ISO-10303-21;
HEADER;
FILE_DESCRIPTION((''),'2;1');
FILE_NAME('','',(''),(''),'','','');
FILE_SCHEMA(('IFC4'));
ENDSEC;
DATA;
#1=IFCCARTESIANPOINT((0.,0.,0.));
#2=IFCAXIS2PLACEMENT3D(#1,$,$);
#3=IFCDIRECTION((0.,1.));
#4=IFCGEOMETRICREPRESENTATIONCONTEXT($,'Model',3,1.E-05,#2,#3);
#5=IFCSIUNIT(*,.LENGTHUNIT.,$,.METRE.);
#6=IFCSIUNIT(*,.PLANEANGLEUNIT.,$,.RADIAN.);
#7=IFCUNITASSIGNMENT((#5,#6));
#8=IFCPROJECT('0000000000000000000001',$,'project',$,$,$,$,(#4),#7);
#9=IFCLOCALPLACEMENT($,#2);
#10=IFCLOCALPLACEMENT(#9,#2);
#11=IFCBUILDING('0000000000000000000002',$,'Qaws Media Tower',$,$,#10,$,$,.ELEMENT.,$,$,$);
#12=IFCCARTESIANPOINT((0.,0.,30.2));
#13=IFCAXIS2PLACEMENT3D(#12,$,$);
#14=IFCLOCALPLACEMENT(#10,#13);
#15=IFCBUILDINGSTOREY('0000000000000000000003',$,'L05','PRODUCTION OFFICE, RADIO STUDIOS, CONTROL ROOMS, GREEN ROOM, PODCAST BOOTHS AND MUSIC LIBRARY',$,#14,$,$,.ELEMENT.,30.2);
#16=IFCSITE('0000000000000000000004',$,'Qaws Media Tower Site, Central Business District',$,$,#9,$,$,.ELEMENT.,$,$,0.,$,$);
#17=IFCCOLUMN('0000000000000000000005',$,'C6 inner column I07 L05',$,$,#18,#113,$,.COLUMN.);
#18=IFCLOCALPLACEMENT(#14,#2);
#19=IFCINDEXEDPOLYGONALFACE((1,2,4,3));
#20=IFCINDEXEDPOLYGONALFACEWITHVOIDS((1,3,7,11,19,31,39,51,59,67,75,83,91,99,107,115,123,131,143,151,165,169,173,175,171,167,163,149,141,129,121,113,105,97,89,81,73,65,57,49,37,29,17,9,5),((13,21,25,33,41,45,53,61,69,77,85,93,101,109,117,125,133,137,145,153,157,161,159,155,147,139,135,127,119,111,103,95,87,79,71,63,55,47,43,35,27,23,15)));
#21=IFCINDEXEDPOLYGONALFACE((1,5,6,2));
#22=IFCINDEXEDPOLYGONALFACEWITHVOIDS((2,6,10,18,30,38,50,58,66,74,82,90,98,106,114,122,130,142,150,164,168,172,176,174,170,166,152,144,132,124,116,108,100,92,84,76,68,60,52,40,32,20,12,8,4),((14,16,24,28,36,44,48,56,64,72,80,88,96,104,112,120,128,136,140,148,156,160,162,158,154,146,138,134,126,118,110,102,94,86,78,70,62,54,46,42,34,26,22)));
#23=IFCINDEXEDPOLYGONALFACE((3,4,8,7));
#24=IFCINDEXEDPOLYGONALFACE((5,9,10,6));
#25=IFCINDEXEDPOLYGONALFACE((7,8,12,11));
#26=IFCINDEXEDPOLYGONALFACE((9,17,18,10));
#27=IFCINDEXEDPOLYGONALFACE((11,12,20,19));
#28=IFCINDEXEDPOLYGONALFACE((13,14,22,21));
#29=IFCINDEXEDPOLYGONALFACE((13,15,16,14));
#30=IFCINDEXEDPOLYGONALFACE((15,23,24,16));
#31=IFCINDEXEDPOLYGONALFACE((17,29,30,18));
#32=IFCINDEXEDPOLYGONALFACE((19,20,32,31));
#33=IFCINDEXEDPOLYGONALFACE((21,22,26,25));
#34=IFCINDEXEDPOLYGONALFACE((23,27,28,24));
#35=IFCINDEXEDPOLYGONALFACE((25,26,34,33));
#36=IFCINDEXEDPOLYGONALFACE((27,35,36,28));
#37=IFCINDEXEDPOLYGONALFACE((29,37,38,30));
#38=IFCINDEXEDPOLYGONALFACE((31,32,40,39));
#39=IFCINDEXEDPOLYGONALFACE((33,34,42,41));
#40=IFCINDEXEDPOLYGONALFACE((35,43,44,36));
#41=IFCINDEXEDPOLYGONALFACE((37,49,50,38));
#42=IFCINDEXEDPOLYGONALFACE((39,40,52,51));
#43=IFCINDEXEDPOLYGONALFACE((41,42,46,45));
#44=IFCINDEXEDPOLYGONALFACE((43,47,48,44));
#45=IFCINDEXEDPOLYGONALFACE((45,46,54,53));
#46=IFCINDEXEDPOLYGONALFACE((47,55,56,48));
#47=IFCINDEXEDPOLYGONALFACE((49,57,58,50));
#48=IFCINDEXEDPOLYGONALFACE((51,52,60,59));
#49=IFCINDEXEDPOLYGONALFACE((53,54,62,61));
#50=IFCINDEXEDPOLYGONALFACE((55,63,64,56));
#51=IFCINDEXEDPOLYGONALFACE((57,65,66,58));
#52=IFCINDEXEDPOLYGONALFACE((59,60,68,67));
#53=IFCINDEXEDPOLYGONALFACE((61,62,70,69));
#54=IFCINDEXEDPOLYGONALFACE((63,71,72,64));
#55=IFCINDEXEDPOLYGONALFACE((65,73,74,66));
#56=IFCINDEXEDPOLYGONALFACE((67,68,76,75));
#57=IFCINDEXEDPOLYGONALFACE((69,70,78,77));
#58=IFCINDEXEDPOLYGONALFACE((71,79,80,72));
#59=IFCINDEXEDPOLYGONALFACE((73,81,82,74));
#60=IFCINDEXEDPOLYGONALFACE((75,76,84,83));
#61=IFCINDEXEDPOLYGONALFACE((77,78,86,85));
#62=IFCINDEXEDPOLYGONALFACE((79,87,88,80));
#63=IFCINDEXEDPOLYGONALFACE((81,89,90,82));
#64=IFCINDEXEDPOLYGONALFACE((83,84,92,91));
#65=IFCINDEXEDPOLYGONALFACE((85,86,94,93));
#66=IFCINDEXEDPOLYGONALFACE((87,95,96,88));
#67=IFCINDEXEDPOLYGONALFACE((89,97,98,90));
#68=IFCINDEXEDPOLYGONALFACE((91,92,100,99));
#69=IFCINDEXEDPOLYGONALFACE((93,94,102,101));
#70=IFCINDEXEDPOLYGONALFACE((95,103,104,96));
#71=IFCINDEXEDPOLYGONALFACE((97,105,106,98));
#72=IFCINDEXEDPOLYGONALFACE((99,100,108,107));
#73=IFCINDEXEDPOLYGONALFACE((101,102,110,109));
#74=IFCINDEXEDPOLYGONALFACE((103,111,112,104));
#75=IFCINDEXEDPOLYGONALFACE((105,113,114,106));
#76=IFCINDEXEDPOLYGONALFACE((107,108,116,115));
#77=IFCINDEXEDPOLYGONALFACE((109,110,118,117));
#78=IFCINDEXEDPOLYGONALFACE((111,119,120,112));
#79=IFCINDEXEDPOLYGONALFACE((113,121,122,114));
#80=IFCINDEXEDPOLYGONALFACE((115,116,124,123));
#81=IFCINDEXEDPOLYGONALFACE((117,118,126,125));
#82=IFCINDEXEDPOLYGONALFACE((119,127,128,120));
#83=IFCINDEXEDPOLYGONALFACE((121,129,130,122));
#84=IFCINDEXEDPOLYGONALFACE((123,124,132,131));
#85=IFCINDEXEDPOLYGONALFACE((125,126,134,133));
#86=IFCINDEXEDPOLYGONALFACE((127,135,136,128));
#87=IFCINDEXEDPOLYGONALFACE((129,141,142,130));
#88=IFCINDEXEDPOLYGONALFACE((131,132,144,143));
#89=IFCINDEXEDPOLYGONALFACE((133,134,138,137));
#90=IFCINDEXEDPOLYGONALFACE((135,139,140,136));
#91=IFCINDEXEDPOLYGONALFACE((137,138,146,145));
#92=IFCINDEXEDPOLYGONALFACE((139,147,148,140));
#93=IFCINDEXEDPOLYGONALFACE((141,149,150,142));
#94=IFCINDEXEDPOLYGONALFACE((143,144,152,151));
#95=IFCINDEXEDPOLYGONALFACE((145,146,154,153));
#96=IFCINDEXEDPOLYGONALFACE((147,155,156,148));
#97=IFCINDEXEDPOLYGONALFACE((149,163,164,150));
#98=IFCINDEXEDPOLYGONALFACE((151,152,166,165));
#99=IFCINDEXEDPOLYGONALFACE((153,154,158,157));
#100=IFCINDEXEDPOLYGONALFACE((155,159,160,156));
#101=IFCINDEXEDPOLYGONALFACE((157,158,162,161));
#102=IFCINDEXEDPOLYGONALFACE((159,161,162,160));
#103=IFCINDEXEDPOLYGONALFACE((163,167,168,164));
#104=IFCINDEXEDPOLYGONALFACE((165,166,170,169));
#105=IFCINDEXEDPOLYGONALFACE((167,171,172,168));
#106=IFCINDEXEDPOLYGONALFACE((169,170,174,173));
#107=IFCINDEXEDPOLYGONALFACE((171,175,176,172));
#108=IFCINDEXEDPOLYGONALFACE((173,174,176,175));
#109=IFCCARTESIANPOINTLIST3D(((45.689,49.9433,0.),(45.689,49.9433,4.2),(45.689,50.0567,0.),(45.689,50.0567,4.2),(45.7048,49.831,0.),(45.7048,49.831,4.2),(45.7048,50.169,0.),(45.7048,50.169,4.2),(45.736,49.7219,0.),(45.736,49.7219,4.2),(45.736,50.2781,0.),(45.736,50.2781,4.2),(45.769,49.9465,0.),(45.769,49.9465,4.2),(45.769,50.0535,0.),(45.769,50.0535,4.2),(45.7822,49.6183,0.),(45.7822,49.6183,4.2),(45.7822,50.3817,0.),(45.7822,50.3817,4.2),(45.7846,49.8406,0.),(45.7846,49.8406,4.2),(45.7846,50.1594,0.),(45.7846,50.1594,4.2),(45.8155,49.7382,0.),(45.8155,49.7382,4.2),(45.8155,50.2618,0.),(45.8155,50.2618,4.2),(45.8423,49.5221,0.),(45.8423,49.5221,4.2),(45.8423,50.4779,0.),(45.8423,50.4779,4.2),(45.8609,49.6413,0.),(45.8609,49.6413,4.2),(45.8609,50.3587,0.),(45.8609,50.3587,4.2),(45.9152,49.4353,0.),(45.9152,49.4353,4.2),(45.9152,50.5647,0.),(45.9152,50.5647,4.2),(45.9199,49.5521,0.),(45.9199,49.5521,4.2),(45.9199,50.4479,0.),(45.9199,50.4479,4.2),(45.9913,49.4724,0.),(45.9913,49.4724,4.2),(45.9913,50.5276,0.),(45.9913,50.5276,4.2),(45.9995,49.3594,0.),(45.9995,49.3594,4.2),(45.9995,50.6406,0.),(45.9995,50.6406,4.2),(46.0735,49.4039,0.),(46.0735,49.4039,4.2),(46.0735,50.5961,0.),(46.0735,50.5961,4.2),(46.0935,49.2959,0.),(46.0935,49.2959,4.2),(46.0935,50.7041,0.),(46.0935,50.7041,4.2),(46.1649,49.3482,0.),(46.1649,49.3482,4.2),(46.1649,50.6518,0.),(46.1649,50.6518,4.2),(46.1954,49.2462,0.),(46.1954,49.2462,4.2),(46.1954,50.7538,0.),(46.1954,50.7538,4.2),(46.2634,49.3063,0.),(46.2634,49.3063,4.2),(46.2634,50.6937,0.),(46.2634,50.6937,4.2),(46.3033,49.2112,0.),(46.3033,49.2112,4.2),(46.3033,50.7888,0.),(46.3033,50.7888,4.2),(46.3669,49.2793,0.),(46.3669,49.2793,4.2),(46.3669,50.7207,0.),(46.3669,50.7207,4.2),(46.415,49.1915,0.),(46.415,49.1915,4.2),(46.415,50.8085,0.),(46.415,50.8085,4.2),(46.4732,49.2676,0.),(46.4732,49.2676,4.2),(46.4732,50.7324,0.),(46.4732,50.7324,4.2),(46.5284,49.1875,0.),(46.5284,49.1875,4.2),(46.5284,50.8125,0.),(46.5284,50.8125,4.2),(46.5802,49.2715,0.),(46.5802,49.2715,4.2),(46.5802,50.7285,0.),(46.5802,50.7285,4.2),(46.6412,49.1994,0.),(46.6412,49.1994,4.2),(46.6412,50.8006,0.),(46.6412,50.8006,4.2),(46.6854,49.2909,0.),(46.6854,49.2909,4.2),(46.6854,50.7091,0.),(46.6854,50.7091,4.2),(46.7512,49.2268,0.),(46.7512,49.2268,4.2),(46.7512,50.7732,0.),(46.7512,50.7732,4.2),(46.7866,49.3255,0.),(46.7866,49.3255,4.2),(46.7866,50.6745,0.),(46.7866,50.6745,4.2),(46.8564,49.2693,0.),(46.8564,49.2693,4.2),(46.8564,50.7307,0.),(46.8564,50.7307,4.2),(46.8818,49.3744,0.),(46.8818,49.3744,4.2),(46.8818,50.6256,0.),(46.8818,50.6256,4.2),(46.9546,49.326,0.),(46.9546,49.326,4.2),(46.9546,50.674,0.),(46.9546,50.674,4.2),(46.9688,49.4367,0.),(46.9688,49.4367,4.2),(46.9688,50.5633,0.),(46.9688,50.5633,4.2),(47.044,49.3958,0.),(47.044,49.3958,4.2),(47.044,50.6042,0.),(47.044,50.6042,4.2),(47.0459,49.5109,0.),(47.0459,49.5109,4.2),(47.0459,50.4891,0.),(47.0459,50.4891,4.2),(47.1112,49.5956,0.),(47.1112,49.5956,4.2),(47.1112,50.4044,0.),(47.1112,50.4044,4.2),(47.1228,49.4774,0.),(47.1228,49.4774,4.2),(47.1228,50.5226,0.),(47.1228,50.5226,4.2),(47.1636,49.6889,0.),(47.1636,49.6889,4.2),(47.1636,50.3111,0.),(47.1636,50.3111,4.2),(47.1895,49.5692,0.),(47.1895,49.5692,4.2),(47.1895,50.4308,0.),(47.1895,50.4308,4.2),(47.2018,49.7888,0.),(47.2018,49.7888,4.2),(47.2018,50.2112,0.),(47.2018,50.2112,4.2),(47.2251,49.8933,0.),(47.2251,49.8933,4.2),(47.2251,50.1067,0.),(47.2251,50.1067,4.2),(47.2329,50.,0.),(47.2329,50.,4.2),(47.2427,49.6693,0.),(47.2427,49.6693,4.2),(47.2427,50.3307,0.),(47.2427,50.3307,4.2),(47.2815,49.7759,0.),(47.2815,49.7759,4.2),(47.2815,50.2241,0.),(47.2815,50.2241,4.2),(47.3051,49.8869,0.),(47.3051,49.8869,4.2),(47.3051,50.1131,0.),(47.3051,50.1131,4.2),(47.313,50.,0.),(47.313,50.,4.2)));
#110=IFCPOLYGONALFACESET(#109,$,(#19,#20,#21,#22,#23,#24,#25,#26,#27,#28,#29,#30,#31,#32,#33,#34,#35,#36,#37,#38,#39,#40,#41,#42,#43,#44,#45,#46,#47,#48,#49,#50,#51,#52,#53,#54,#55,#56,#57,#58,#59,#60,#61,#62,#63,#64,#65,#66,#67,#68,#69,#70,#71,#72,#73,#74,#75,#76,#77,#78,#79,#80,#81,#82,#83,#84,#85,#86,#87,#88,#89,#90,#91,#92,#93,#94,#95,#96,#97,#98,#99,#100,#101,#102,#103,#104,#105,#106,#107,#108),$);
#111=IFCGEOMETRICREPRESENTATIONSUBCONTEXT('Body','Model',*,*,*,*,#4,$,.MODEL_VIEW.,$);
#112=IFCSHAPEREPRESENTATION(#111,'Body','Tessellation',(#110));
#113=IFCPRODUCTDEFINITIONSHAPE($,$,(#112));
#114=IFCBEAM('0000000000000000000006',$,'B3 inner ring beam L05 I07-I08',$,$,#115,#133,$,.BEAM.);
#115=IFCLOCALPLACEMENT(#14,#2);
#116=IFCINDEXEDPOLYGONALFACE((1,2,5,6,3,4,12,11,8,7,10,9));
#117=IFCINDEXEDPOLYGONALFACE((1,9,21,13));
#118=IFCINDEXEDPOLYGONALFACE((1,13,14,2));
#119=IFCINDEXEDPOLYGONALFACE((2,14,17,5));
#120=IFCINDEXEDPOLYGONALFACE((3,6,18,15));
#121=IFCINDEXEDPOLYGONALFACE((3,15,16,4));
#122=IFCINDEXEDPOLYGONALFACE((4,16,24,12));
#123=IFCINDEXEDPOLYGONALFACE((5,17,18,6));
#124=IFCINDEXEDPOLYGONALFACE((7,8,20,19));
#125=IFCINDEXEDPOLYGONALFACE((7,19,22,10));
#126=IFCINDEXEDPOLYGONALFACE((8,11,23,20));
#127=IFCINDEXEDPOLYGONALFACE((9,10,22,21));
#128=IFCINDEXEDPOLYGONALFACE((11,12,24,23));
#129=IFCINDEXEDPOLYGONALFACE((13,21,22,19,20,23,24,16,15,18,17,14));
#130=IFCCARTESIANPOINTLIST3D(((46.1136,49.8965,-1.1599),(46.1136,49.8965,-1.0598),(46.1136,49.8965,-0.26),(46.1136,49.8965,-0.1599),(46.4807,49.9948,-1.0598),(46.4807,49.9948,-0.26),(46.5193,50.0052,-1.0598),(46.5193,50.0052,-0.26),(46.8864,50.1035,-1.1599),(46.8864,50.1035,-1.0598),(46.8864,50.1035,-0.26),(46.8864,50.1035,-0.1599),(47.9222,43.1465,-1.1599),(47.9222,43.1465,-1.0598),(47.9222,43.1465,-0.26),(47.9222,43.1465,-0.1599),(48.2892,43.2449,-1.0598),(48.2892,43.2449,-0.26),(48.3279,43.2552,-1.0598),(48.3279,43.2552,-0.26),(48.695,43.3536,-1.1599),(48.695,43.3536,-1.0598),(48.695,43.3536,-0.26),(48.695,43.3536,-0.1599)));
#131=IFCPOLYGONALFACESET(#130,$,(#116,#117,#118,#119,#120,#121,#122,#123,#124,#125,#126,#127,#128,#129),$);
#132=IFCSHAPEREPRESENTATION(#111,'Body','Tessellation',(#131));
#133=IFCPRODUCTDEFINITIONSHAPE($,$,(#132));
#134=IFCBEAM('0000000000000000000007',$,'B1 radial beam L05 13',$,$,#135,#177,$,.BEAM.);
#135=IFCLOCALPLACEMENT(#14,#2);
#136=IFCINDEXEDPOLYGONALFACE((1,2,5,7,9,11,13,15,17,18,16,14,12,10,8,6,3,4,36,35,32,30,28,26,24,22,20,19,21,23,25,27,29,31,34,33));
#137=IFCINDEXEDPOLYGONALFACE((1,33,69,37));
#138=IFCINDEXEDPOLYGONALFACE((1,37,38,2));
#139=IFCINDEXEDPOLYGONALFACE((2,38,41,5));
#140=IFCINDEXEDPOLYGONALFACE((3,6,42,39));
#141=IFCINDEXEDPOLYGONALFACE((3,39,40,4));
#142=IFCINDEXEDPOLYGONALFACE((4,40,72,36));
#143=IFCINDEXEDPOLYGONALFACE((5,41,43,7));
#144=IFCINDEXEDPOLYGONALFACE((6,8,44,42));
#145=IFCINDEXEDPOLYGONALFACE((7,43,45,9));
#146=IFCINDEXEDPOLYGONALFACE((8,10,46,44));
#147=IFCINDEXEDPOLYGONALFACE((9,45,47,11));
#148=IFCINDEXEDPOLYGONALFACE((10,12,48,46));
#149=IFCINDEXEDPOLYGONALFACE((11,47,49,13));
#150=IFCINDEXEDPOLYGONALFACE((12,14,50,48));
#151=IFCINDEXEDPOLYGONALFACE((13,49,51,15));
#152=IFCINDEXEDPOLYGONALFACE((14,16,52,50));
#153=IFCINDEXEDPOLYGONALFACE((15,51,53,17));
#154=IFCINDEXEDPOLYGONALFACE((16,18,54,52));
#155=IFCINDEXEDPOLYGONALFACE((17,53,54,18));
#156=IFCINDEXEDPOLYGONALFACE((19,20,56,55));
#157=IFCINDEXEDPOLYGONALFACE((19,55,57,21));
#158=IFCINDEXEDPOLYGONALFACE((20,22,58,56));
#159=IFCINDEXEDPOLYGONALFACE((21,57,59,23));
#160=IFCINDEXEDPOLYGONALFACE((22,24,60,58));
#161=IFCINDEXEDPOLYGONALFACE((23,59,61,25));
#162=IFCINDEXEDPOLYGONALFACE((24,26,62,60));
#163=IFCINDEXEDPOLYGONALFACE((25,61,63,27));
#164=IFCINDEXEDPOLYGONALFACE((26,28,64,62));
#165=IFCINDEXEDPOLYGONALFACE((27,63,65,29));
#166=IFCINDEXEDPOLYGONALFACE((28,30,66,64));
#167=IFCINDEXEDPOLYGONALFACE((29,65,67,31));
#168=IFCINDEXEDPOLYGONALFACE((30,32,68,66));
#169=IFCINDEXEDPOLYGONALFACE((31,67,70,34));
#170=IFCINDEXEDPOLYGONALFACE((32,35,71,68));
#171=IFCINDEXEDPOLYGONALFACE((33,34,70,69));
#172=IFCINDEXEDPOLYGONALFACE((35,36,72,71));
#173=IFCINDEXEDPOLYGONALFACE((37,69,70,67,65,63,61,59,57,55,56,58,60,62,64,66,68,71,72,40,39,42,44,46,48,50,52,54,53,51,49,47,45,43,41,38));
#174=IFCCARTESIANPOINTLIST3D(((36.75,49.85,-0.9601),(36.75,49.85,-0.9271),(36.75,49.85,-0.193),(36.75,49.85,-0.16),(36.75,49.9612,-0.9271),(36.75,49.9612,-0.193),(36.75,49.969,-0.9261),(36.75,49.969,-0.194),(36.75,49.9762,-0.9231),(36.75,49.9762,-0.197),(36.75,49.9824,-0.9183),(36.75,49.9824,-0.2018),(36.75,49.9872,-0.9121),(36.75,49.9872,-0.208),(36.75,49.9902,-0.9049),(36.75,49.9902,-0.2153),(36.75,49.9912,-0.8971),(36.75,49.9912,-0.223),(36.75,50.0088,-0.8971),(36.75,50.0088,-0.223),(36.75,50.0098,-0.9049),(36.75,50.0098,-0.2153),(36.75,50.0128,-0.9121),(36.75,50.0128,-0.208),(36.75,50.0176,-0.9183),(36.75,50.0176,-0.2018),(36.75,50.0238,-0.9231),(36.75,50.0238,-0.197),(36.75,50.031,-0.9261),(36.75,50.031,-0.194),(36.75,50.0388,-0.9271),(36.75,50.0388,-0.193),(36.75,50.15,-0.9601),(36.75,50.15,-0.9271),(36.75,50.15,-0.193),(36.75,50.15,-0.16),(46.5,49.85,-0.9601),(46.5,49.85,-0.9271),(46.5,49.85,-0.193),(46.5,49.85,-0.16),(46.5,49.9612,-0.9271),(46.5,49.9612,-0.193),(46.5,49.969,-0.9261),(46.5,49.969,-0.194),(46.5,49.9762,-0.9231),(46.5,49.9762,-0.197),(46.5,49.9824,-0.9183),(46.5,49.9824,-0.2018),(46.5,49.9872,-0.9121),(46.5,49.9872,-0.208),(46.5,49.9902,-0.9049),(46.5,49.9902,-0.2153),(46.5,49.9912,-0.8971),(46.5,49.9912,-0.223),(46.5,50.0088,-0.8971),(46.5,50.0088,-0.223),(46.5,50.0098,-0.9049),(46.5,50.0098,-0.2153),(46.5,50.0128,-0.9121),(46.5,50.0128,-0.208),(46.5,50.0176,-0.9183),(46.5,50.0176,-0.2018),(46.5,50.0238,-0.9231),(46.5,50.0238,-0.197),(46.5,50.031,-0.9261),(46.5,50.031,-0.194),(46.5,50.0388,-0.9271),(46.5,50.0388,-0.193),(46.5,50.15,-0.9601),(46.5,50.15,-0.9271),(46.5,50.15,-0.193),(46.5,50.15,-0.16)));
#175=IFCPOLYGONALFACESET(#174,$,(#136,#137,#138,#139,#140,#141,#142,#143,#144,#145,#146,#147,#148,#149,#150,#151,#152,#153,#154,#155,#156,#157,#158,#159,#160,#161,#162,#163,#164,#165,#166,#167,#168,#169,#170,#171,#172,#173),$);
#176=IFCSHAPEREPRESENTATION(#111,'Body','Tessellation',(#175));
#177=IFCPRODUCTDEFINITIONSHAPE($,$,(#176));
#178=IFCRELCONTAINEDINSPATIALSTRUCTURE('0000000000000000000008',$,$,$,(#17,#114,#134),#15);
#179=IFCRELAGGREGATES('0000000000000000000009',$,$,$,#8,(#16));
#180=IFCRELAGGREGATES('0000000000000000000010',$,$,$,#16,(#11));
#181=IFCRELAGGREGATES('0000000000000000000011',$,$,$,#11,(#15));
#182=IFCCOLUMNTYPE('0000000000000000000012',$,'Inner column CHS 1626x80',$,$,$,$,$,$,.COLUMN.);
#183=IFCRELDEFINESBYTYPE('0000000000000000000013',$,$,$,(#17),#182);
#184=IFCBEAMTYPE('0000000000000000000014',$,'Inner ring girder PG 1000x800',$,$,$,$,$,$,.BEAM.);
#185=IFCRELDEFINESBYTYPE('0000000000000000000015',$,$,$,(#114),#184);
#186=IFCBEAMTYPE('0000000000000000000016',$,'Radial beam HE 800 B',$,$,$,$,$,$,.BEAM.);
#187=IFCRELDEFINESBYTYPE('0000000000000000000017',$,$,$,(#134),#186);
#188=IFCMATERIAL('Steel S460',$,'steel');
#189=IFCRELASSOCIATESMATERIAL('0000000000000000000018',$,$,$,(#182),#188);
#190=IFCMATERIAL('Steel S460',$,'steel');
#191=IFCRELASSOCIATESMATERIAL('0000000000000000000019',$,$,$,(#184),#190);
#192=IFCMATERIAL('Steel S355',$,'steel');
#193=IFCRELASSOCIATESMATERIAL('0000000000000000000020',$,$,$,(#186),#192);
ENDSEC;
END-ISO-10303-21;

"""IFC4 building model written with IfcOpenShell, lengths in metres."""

from ifc_helpers import new_model, si_unit, direction, frame, origin, origin_2d, place, context, subcontext, project, spatial, hollow_circle, i_section, extrude, material, material_profile, profile_set, type_object, element, save


model = new_model("IFC4")

# Units and contexts
model_context = context("Model", 3, precision=1e-05, world=origin(), true_north=direction((0.0, 1.0)))
body_context = subcontext(model_context, "Body", "Model", "MODEL_VIEW")
ifc_project = project(units=[si_unit("LENGTHUNIT", "METRE"), si_unit("PLANEANGLEUNIT", "RADIAN")], contexts=[model_context])

# Site, building, storey
site_placement = place(None, origin())
site = spatial("IfcSite", under=ifc_project, at=site_placement, Name="Qaws Media Tower Site, Central Business District", CompositionType="ELEMENT", RefElevation=0.0)
building_placement = place(site_placement, origin())
building = spatial("IfcBuilding", under=site, at=building_placement, Name="Qaws Media Tower", CompositionType="ELEMENT")
storey_placement = place(building_placement, frame((0.0, 0.0, 30.2)))
storey = spatial("IfcBuildingStorey", under=building, at=storey_placement, Name="L05", Description="PRODUCTION OFFICE, RADIO STUDIOS, CONTROL ROOMS, GREEN ROOM, PODCAST BOOTHS AND MUSIC LIBRARY", CompositionType="ELEMENT", Elevation=30.2)

# Column
ifc_material_1 = material(Name="Steel S460", Category="steel")
ifc_material_profile_1 = material_profile(ifc_material_1, hollow_circle(Radius=0.813, WallThickness=0.0801, at=origin_2d()), Name="CHS 1626x80")
ifc_profile_set_1 = profile_set([ifc_material_profile_1], Name="Steel S460")
column_type = type_object("IfcColumnType", Name="Inner column CHS 1626x80", PredefinedType="COLUMN", material=ifc_profile_set_1)
column_placement = place(storey_placement, frame((46.5, 50.0, 0.0), z_axis=(0.0, 0.0, 1.0), x_axis=(1.0, 0.0, 0.0)))
element("IfcColumn", 1, at=column_placement, inside=storey, type_object=column_type, Name="C6 inner column I07 L05", PredefinedType="COLUMN", context=body_context, shape_type="SweptSolid", body=[
    extrude(hollow_circle(Radius=0.813, WallThickness=0.0801, at=origin_2d()), origin(), (0.0, 0.0, 1.0), 4.2),
])

# Beams
ifc_material_2 = material(Name="Steel S460", Category="steel")
ifc_material_profile_2 = material_profile(ifc_material_2, i_section(OverallWidth=0.8, OverallDepth=1.0, WebThickness=0.04, FlangeThickness=0.1001, at=origin_2d()), Name="PG 1000x800")
ifc_profile_set_2 = profile_set([ifc_material_profile_2], Name="Steel S460")
beam_type_1 = type_object("IfcBeamType", Name="Inner ring girder PG 1000x800", PredefinedType="BEAM", material=ifc_profile_set_2)
beam_1_placement = place(storey_placement, frame((46.5, 50.0, -0.6599), z_axis=(0.258811, -0.965928, 0.0), x_axis=(0.965928, 0.258811, 0.0)))
element("IfcBeam", 2, at=beam_1_placement, inside=storey, type_object=beam_type_1, Name="B3 inner ring beam L05 I07-I08", PredefinedType="BEAM", context=body_context, shape_type="SweptSolid", body=[
    extrude(i_section(OverallWidth=0.8, OverallDepth=1.0, WebThickness=0.04, FlangeThickness=0.1001, at=origin_2d()), origin(), (0.0, 0.0, 1.0), 6.988),
])
ifc_material_3 = material(Name="Steel S355", Category="steel")
ifc_material_profile_3 = material_profile(ifc_material_3, i_section(OverallWidth=0.3, OverallDepth=0.8, WebThickness=0.0176, FlangeThickness=0.033, FilletRadius=0.03, at=origin_2d()), Name="HE 800 B")
ifc_profile_set_3 = profile_set([ifc_material_profile_3], Name="Steel S355")
beam_type_2 = type_object("IfcBeamType", Name="Radial beam HE 800 B", PredefinedType="BEAM", material=ifc_profile_set_3)
beam_2_placement = place(storey_placement, frame((46.5, 50.0, -0.5601), z_axis=(-1.0, 0.0, 0.0), x_axis=(0.0, -1.0, 0.0)))
element("IfcBeam", 3, at=beam_2_placement, inside=storey, type_object=beam_type_2, Name="B1 radial beam L05 13", PredefinedType="BEAM", context=body_context, shape_type="SweptSolid", body=[
    extrude(i_section(OverallWidth=0.3, OverallDepth=0.8, WebThickness=0.0176, FlangeThickness=0.033, FilletRadius=0.03, at=origin_2d()), origin(), (0.0, 0.0, 1.0), 9.75),
])

save(model, "model.ifc")
